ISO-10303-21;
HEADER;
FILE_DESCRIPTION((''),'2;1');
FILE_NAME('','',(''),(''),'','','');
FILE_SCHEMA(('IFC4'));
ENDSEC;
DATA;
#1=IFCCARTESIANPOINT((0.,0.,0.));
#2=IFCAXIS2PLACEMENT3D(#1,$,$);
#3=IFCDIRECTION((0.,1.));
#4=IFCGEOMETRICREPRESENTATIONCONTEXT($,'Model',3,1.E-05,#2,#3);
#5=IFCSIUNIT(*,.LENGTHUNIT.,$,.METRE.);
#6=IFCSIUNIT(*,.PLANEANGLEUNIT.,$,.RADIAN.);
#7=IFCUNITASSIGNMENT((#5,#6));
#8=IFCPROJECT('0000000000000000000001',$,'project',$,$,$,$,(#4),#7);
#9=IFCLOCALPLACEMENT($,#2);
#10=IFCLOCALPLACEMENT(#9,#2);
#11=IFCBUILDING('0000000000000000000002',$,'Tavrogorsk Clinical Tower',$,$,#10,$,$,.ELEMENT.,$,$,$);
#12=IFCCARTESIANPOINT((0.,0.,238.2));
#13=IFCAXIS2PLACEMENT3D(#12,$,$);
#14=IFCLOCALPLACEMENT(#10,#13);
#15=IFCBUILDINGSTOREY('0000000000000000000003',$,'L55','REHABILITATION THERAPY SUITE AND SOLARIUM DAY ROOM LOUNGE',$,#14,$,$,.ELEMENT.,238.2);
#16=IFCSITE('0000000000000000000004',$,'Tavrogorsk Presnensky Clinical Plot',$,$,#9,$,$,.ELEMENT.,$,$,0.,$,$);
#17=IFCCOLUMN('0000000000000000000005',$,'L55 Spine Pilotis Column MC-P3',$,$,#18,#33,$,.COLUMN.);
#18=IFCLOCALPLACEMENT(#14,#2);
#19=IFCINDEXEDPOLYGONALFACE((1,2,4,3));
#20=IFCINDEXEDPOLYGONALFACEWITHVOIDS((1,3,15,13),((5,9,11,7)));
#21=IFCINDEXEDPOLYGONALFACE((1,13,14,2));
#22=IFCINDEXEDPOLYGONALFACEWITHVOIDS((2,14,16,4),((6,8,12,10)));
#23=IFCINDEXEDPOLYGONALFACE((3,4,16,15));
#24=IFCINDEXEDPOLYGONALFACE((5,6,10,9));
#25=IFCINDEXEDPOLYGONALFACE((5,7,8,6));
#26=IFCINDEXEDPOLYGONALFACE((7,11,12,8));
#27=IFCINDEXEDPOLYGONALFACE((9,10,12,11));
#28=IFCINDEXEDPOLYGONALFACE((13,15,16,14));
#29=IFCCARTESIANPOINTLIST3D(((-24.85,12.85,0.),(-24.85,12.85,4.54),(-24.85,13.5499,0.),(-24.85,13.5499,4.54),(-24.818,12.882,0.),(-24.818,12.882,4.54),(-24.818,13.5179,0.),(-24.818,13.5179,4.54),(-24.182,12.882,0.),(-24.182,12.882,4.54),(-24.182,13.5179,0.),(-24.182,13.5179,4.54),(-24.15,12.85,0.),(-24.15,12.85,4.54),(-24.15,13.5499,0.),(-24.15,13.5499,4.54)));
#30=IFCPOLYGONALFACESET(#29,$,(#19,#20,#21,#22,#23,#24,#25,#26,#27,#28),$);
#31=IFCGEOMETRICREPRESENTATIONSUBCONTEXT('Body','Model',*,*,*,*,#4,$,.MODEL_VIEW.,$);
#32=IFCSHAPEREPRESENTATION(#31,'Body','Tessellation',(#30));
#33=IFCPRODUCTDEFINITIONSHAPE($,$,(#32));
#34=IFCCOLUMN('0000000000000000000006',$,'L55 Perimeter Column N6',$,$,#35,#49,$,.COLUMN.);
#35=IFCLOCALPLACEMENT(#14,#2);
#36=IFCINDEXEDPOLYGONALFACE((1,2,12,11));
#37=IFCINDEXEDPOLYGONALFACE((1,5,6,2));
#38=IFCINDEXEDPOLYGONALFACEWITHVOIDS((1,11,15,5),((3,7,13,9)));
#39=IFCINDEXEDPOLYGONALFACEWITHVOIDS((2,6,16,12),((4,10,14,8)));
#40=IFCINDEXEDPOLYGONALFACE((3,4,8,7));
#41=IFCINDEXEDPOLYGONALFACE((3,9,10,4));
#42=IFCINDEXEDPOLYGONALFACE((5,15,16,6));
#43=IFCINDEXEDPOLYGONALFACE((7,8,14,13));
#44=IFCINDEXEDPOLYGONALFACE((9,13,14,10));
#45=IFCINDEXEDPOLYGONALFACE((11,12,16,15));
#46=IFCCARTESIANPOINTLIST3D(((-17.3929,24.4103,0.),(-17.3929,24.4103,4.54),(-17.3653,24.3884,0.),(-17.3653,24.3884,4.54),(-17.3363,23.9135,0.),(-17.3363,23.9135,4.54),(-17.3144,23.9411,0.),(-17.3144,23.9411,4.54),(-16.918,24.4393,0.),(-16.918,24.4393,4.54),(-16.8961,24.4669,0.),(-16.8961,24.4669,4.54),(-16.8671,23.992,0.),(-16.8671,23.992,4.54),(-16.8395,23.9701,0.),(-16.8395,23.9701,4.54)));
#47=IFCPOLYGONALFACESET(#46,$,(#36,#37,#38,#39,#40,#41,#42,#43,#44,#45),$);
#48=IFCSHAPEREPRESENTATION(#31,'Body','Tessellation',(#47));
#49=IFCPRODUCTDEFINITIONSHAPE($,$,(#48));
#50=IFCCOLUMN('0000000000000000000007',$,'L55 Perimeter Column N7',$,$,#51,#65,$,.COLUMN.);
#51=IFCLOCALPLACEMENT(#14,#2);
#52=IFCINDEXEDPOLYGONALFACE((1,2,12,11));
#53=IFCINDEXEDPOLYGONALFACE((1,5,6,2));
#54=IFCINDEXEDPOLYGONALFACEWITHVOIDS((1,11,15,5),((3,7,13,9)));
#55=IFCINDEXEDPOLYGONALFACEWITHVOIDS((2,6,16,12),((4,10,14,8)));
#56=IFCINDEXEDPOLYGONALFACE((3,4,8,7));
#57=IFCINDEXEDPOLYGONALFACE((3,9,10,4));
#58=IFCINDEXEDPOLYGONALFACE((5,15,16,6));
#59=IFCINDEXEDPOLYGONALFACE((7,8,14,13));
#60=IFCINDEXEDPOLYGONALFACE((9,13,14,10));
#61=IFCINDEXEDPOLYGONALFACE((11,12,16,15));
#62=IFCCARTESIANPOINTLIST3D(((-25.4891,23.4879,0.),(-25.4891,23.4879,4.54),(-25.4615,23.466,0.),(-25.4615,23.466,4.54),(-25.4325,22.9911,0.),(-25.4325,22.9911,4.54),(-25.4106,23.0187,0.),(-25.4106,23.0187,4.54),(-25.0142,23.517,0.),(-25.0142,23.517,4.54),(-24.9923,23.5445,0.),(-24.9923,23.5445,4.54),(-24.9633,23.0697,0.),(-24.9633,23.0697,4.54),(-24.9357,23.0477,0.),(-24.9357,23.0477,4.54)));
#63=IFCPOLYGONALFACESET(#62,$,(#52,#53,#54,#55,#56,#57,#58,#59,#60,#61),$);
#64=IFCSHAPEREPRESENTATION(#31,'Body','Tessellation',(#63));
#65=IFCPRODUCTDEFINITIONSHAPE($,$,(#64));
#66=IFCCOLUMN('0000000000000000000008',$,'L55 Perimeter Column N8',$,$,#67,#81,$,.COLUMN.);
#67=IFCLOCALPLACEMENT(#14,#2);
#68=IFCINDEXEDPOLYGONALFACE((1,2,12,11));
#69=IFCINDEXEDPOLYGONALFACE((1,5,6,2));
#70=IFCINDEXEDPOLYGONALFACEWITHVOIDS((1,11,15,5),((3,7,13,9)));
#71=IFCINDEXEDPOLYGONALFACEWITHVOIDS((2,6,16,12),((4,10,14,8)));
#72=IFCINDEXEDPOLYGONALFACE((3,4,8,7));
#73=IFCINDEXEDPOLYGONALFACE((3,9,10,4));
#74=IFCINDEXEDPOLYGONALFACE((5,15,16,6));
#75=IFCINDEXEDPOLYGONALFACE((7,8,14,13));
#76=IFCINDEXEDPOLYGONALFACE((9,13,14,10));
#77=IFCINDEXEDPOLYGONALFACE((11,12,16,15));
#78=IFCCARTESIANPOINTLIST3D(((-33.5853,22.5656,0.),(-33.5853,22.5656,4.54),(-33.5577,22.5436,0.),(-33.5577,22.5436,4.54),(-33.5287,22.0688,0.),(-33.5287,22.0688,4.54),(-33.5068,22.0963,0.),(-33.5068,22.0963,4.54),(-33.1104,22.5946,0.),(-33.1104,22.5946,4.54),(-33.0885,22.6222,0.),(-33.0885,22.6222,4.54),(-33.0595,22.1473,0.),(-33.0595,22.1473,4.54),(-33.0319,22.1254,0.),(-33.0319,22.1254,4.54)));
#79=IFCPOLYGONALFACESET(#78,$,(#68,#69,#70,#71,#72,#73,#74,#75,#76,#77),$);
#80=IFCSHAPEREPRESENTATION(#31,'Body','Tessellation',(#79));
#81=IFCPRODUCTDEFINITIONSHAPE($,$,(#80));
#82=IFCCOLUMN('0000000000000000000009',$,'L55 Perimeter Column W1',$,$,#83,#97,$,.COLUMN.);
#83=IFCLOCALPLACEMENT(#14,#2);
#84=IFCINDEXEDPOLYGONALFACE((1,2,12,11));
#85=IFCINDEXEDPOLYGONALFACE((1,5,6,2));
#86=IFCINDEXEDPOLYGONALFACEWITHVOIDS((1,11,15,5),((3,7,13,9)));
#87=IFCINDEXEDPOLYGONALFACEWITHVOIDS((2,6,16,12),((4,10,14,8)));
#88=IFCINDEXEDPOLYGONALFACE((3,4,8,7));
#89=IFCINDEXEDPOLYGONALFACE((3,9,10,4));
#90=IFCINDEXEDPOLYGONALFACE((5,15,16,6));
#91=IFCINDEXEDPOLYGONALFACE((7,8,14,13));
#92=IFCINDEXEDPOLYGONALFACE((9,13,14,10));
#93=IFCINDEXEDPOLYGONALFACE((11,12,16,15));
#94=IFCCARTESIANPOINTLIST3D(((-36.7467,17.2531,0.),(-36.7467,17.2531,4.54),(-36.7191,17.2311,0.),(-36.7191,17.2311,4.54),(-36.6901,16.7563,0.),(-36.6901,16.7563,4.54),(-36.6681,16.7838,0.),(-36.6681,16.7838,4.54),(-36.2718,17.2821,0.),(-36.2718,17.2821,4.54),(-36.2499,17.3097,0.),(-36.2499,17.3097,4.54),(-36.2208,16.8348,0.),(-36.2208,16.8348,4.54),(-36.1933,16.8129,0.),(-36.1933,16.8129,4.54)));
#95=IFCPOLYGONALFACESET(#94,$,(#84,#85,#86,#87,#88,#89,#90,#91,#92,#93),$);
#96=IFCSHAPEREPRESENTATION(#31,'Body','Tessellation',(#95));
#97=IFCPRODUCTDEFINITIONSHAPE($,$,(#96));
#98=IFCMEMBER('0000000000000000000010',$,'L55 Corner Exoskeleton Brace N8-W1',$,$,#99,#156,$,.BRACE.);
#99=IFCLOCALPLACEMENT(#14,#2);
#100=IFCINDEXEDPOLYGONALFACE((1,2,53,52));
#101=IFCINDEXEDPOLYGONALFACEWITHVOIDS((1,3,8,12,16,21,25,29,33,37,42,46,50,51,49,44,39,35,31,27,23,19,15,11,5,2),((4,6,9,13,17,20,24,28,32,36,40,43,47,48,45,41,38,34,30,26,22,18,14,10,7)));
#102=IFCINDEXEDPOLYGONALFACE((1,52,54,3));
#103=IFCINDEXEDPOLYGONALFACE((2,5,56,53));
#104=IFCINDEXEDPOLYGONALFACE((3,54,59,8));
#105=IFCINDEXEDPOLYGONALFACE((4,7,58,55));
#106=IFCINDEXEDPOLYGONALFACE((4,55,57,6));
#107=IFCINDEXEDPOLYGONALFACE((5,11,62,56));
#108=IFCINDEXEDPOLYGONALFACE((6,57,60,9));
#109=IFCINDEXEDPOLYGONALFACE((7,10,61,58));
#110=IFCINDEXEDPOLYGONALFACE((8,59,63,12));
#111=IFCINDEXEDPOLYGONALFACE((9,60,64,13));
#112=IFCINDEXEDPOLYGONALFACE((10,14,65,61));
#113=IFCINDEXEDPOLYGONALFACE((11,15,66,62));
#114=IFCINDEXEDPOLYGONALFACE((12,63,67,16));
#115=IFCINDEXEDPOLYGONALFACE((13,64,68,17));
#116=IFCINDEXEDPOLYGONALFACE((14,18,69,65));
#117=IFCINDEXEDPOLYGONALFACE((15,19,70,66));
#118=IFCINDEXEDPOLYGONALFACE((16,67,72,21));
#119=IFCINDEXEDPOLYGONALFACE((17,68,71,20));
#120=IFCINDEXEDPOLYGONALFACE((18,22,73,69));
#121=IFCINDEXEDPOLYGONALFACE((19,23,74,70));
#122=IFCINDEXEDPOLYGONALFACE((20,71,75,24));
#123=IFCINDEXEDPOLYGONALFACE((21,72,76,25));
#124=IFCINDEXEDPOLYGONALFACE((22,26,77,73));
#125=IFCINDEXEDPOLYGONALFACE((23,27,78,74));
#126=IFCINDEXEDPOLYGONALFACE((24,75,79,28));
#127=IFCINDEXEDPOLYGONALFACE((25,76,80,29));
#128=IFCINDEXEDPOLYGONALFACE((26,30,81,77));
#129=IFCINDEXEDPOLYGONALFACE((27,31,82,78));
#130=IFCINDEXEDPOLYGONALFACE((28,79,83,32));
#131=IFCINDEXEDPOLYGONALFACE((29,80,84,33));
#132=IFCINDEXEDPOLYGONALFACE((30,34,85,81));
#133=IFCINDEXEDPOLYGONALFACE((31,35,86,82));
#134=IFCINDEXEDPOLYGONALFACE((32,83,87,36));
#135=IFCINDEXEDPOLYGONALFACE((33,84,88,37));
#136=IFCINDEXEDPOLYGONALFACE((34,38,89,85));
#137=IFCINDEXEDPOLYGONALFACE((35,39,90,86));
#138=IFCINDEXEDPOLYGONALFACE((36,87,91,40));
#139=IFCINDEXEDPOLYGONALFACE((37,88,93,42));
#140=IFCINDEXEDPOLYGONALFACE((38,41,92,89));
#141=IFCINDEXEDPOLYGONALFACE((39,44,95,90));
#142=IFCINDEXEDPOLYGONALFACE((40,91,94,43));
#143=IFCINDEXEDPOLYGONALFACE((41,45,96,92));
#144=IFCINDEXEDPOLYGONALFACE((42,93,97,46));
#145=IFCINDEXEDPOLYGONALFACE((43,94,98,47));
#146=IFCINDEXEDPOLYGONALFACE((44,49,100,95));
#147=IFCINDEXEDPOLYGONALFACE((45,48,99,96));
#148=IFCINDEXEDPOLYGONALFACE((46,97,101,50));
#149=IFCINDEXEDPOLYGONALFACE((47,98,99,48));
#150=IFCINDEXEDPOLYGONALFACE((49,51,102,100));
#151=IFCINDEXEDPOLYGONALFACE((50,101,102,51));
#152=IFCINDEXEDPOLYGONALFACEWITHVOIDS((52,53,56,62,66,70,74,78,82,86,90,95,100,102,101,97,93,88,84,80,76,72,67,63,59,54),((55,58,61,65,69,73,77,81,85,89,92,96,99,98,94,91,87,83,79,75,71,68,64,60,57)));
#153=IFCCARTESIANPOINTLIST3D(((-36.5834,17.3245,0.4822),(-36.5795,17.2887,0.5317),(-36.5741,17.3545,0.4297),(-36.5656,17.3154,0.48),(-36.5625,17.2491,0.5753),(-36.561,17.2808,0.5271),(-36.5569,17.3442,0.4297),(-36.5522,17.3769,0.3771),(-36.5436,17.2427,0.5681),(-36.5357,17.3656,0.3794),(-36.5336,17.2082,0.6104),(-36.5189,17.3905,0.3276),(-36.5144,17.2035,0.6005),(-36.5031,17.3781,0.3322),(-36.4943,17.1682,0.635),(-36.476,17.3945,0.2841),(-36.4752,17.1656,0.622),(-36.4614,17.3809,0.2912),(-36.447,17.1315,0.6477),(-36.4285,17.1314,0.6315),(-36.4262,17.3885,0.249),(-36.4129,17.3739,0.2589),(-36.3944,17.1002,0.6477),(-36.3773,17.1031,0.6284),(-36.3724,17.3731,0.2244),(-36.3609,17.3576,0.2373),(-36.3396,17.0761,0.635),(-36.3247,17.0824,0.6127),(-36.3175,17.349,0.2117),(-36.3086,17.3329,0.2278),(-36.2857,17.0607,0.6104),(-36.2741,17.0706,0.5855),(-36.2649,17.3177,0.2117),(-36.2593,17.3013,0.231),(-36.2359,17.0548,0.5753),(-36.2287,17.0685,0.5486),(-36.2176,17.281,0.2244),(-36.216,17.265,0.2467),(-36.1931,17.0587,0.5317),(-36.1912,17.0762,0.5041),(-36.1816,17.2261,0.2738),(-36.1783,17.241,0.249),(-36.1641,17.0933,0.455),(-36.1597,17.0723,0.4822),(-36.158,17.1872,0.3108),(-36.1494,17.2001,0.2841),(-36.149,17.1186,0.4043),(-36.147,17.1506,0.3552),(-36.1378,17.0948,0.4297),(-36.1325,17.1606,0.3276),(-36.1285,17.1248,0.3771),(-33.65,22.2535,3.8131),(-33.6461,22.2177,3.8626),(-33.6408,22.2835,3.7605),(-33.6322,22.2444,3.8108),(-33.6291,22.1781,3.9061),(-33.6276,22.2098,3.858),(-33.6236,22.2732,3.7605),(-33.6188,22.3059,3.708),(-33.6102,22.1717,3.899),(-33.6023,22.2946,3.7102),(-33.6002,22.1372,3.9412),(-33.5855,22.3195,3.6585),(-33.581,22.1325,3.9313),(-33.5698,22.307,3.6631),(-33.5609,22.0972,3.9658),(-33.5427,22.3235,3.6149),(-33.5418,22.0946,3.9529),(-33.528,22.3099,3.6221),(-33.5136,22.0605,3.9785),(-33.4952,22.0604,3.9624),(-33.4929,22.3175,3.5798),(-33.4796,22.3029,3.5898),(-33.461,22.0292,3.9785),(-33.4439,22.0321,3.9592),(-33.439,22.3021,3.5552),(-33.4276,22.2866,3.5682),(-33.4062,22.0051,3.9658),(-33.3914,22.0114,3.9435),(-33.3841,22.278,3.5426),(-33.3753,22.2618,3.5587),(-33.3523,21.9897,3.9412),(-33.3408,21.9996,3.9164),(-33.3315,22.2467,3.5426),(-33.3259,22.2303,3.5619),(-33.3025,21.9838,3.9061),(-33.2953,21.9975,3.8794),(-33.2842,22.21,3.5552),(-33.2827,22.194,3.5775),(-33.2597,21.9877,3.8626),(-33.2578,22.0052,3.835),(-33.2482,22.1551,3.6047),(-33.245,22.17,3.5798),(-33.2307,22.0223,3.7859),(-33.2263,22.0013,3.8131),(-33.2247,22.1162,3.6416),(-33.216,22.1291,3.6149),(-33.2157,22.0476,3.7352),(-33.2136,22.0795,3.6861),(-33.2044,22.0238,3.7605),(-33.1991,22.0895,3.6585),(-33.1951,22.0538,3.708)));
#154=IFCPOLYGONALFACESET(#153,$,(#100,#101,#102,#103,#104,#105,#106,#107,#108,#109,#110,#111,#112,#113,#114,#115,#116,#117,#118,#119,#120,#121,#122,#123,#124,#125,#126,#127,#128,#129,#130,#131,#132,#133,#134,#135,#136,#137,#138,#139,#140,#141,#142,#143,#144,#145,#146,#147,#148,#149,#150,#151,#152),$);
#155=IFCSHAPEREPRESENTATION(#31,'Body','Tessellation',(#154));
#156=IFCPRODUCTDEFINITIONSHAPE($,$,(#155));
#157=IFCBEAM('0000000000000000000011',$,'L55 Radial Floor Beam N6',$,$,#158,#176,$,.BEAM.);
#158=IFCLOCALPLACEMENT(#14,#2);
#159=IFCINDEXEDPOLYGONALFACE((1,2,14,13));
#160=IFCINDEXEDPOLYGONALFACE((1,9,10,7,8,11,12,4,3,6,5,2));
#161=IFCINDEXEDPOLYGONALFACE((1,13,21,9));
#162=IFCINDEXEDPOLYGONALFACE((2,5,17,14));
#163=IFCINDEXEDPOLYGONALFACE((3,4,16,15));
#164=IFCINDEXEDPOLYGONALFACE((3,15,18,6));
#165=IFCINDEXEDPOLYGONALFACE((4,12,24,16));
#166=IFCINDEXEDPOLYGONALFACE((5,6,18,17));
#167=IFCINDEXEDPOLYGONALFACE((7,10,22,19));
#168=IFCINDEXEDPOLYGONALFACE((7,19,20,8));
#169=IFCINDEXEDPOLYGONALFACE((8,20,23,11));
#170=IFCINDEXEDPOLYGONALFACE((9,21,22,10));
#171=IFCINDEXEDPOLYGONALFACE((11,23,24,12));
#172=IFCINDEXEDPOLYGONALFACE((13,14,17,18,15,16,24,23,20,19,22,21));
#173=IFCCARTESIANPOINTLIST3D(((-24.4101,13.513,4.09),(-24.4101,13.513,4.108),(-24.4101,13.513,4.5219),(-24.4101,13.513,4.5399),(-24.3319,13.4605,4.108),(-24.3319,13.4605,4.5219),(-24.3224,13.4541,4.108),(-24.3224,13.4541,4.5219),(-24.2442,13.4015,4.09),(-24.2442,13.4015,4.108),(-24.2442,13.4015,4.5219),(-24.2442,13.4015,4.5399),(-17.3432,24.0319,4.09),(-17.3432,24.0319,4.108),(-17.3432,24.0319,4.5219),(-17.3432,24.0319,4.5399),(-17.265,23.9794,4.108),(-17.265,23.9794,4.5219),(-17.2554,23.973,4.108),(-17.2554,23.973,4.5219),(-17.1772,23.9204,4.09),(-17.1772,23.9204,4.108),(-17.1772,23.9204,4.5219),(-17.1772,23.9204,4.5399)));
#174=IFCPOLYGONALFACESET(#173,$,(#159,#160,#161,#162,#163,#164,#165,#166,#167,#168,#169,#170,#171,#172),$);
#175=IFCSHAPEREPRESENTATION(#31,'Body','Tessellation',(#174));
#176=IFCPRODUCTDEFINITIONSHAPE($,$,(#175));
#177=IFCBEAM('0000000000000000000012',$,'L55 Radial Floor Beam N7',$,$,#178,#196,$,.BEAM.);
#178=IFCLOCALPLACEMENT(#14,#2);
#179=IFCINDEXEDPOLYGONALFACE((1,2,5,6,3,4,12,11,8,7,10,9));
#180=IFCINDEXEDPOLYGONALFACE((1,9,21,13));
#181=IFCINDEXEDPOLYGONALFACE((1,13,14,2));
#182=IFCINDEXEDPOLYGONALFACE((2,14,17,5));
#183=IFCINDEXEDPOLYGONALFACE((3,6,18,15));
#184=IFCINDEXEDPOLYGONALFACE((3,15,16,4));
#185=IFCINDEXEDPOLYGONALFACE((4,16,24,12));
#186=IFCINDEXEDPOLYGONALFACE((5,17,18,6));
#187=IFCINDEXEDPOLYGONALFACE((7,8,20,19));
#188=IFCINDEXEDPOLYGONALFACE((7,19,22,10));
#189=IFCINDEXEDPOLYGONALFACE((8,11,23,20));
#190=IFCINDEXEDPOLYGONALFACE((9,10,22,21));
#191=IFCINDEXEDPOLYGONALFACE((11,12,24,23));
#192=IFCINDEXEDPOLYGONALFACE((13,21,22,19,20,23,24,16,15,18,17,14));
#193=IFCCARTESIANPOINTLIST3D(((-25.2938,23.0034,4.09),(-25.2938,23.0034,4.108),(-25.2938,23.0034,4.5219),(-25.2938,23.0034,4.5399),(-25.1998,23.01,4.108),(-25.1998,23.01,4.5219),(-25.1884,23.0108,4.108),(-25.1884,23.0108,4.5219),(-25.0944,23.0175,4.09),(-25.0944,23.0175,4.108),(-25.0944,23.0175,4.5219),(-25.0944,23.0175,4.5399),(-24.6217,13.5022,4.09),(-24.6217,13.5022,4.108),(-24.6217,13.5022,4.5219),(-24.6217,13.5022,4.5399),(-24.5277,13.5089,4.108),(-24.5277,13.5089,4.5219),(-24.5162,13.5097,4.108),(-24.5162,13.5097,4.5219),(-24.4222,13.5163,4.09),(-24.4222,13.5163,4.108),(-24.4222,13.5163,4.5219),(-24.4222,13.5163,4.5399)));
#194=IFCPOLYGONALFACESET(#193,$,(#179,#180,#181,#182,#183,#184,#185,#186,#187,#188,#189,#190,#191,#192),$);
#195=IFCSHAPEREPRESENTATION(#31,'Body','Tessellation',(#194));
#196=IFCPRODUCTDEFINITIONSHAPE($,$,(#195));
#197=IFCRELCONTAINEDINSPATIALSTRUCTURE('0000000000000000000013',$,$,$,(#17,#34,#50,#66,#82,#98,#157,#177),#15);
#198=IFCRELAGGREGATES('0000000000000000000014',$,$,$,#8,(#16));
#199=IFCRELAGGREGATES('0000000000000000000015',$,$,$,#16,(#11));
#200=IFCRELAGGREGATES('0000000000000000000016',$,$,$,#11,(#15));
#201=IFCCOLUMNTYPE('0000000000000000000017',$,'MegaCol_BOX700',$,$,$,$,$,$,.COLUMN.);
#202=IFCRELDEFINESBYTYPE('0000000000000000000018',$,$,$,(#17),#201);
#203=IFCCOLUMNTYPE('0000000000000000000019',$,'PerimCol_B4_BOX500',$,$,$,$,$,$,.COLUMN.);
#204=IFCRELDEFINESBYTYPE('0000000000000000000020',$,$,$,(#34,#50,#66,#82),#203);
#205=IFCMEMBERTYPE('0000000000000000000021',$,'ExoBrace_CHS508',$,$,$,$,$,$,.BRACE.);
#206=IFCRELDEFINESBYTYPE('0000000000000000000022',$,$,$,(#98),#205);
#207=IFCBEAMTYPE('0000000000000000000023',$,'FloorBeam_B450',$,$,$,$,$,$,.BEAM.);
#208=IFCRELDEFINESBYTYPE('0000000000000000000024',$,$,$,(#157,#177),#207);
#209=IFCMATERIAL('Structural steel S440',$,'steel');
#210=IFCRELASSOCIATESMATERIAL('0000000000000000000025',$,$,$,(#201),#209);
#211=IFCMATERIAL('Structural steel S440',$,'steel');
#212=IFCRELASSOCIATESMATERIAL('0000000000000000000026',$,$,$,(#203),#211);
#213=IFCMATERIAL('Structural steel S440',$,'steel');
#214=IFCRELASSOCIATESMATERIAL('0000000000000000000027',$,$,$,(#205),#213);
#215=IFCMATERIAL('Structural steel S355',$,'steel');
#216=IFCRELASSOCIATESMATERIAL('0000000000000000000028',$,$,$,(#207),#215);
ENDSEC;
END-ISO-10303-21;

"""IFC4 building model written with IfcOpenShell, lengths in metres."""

from ifc_helpers import new_model, si_unit, direction, frame, origin, origin_2d, place, context, subcontext, project, spatial, hollow_rectangle, hollow_circle, i_section, extrude, material, material_profile, profile_set, type_object, element, save


model = new_model("IFC4")

# Units and contexts
model_context = context("Model", 3, precision=1e-05, world=origin(), true_north=direction((0.0, 1.0)))
body_context = subcontext(model_context, "Body", "Model", "MODEL_VIEW")
ifc_project = project(units=[si_unit("LENGTHUNIT", "METRE"), si_unit("PLANEANGLEUNIT", "RADIAN")], contexts=[model_context])

# Site, building, storey
site_placement = place(None, origin())
site = spatial("IfcSite", under=ifc_project, at=site_placement, Name="Tavrogorsk Presnensky Clinical Plot", CompositionType="ELEMENT", RefElevation=0.0)
building_placement = place(site_placement, origin())
building = spatial("IfcBuilding", under=site, at=building_placement, Name="Tavrogorsk Clinical Tower", CompositionType="ELEMENT")
storey_placement = place(building_placement, frame((0.0, 0.0, 238.2)))
storey = spatial("IfcBuildingStorey", under=building, at=storey_placement, Name="L55", Description="REHABILITATION THERAPY SUITE AND SOLARIUM DAY ROOM LOUNGE", CompositionType="ELEMENT", Elevation=238.2)

# Columns
ifc_material_1 = material(Name="Structural steel S440", Category="steel")
ifc_material_profile_1 = material_profile(ifc_material_1, hollow_rectangle(XDim=0.7, YDim=0.7, WallThickness=0.032, at=origin_2d()), Name="BOX-700x700x32")
ifc_profile_set_1 = profile_set([ifc_material_profile_1], Name="Structural steel S440")
column_type_1 = type_object("IfcColumnType", Name="MegaCol_BOX700", PredefinedType="COLUMN", material=ifc_profile_set_1)
column_placement = place(storey_placement, frame((-24.5, 13.2, 0.0), z_axis=(0.0, 0.0, 1.0), x_axis=(1.0, 0.0, 0.0)))
element("IfcColumn", 1, at=column_placement, inside=storey, type_object=column_type_1, Name="L55 Spine Pilotis Column MC-P3", PredefinedType="COLUMN", context=body_context, shape_type="SweptSolid", body=[
    extrude(hollow_rectangle(XDim=0.7, YDim=0.7, WallThickness=0.032, at=origin_2d()), origin(), (0.0, 0.0, 1.0), 4.54),
])
ifc_material_2 = material(Name="Structural steel S440", Category="steel")
ifc_material_profile_2 = material_profile(ifc_material_2, hollow_rectangle(XDim=0.5, YDim=0.5, WallThickness=0.0249, at=origin_2d()), Name="BOX-500x500x25")
ifc_profile_set_2 = profile_set([ifc_material_profile_2], Name="Structural steel S440")
column_type_2 = type_object("IfcColumnType", Name="PerimCol_B4_BOX500", PredefinedType="COLUMN", material=ifc_profile_set_2)
for number, where, z_axis, x_axis, name in (
    (2, (-17.1162, 24.1902, 0.0), (0.0, 0.0, 1.0), (0.993572, 0.113203, 0.0), "L55 Perimeter Column N6"),
    (3, (-25.2124, 23.2678, 0.0), (0.0, 0.0, 1.0), (0.993572, 0.113203, 0.0), "L55 Perimeter Column N7"),
    (4, (-33.3086, 22.3455, 0.0), (0.0, 0.0, 1.0), (0.993572, 0.113203, 0.0), "L55 Perimeter Column N8"),
    (5, (-36.47, 17.033, 0.0), (0.0, 0.0, 1.0), (0.993572, 0.113203, 0.0), "L55 Perimeter Column W1"),
):
    element("IfcColumn", number, at=place(storey_placement, frame(where, z_axis=z_axis, x_axis=x_axis)), inside=storey, type_object=column_type_2, Name=name, PredefinedType="COLUMN", context=body_context, shape_type="SweptSolid", body=[
        extrude(hollow_rectangle(XDim=0.5, YDim=0.5, WallThickness=0.0249, at=origin_2d()), origin(), (0.0, 0.0, 1.0), 4.54),
    ])

# Member
ifc_material_3 = material(Name="Structural steel S440", Category="steel")
ifc_material_profile_3 = material_profile(ifc_material_3, hollow_circle(Radius=0.2539, WallThickness=0.02, at=origin_2d()), Name="CHS-508x20")
ifc_profile_set_3 = profile_set([ifc_material_profile_3], Name="Structural steel S440")
member_type = type_object("IfcMemberType", Name="ExoBrace_CHS508", PredefinedType="BRACE", material=ifc_profile_set_3)
member_placement = place(storey_placement, frame((-36.356, 17.2246, 0.4297), z_axis=(0.442252, 0.743123, 0.502176), x_axis=(-0.859335, 0.511413, 0.0)))
element("IfcMember", 6, at=member_placement, inside=storey, type_object=member_type, Name="L55 Corner Exoskeleton Brace N8-W1", PredefinedType="BRACE", context=body_context, shape_type="SweptSolid", body=[
    extrude(hollow_circle(Radius=0.2539, WallThickness=0.02, at=origin_2d()), origin(), (0.0, 0.0, 1.0), 6.6328),
])

# Beams
ifc_material_4 = material(Name="Structural steel S355", Category="steel")
ifc_material_profile_4 = material_profile(ifc_material_4, i_section(OverallWidth=0.2, OverallDepth=0.45, WebThickness=0.0115, FlangeThickness=0.0181, at=origin_2d()), Name="B-450x200x11.5x18")
ifc_profile_set_4 = profile_set([ifc_material_profile_4], Name="Structural steel S355")
beam_type_1 = type_object("IfcBeamType", Name="FloorBeam_B450", PredefinedType="BEAM", material=ifc_profile_set_4)
beam_1_placement = place(storey_placement, frame((-24.3271, 13.4573, 4.3149), z_axis=(0.557667, 0.830065, 0.0), x_axis=(-0.830065, 0.557667, 0.0)))
element("IfcBeam", 7, at=beam_1_placement, inside=storey, type_object=beam_type_1, Name="L55 Radial Floor Beam N6", PredefinedType="BEAM", context=body_context, shape_type="SweptSolid", body=[
    extrude(i_section(OverallWidth=0.2, OverallDepth=0.45, WebThickness=0.0115, FlangeThickness=0.0181, at=origin_2d()), origin(), (0.0, 0.0, 1.0), 12.6724),
])
beam_2_placement = place(storey_placement, frame((-24.522, 13.5093, 4.3149), z_axis=(-0.070564, 0.997507, 0.0), x_axis=(-0.997507, -0.070564, 0.0)))
element("IfcBeam", 8, at=beam_2_placement, inside=storey, type_object=beam_type_1, Name="L55 Radial Floor Beam N7", PredefinedType="BEAM", context=body_context, shape_type="SweptSolid", body=[
    extrude(i_section(OverallWidth=0.2, OverallDepth=0.45, WebThickness=0.0115, FlangeThickness=0.0181, at=origin_2d()), origin(), (0.0, 0.0, 1.0), 9.5249),
])

save(model, "model.ifc")
